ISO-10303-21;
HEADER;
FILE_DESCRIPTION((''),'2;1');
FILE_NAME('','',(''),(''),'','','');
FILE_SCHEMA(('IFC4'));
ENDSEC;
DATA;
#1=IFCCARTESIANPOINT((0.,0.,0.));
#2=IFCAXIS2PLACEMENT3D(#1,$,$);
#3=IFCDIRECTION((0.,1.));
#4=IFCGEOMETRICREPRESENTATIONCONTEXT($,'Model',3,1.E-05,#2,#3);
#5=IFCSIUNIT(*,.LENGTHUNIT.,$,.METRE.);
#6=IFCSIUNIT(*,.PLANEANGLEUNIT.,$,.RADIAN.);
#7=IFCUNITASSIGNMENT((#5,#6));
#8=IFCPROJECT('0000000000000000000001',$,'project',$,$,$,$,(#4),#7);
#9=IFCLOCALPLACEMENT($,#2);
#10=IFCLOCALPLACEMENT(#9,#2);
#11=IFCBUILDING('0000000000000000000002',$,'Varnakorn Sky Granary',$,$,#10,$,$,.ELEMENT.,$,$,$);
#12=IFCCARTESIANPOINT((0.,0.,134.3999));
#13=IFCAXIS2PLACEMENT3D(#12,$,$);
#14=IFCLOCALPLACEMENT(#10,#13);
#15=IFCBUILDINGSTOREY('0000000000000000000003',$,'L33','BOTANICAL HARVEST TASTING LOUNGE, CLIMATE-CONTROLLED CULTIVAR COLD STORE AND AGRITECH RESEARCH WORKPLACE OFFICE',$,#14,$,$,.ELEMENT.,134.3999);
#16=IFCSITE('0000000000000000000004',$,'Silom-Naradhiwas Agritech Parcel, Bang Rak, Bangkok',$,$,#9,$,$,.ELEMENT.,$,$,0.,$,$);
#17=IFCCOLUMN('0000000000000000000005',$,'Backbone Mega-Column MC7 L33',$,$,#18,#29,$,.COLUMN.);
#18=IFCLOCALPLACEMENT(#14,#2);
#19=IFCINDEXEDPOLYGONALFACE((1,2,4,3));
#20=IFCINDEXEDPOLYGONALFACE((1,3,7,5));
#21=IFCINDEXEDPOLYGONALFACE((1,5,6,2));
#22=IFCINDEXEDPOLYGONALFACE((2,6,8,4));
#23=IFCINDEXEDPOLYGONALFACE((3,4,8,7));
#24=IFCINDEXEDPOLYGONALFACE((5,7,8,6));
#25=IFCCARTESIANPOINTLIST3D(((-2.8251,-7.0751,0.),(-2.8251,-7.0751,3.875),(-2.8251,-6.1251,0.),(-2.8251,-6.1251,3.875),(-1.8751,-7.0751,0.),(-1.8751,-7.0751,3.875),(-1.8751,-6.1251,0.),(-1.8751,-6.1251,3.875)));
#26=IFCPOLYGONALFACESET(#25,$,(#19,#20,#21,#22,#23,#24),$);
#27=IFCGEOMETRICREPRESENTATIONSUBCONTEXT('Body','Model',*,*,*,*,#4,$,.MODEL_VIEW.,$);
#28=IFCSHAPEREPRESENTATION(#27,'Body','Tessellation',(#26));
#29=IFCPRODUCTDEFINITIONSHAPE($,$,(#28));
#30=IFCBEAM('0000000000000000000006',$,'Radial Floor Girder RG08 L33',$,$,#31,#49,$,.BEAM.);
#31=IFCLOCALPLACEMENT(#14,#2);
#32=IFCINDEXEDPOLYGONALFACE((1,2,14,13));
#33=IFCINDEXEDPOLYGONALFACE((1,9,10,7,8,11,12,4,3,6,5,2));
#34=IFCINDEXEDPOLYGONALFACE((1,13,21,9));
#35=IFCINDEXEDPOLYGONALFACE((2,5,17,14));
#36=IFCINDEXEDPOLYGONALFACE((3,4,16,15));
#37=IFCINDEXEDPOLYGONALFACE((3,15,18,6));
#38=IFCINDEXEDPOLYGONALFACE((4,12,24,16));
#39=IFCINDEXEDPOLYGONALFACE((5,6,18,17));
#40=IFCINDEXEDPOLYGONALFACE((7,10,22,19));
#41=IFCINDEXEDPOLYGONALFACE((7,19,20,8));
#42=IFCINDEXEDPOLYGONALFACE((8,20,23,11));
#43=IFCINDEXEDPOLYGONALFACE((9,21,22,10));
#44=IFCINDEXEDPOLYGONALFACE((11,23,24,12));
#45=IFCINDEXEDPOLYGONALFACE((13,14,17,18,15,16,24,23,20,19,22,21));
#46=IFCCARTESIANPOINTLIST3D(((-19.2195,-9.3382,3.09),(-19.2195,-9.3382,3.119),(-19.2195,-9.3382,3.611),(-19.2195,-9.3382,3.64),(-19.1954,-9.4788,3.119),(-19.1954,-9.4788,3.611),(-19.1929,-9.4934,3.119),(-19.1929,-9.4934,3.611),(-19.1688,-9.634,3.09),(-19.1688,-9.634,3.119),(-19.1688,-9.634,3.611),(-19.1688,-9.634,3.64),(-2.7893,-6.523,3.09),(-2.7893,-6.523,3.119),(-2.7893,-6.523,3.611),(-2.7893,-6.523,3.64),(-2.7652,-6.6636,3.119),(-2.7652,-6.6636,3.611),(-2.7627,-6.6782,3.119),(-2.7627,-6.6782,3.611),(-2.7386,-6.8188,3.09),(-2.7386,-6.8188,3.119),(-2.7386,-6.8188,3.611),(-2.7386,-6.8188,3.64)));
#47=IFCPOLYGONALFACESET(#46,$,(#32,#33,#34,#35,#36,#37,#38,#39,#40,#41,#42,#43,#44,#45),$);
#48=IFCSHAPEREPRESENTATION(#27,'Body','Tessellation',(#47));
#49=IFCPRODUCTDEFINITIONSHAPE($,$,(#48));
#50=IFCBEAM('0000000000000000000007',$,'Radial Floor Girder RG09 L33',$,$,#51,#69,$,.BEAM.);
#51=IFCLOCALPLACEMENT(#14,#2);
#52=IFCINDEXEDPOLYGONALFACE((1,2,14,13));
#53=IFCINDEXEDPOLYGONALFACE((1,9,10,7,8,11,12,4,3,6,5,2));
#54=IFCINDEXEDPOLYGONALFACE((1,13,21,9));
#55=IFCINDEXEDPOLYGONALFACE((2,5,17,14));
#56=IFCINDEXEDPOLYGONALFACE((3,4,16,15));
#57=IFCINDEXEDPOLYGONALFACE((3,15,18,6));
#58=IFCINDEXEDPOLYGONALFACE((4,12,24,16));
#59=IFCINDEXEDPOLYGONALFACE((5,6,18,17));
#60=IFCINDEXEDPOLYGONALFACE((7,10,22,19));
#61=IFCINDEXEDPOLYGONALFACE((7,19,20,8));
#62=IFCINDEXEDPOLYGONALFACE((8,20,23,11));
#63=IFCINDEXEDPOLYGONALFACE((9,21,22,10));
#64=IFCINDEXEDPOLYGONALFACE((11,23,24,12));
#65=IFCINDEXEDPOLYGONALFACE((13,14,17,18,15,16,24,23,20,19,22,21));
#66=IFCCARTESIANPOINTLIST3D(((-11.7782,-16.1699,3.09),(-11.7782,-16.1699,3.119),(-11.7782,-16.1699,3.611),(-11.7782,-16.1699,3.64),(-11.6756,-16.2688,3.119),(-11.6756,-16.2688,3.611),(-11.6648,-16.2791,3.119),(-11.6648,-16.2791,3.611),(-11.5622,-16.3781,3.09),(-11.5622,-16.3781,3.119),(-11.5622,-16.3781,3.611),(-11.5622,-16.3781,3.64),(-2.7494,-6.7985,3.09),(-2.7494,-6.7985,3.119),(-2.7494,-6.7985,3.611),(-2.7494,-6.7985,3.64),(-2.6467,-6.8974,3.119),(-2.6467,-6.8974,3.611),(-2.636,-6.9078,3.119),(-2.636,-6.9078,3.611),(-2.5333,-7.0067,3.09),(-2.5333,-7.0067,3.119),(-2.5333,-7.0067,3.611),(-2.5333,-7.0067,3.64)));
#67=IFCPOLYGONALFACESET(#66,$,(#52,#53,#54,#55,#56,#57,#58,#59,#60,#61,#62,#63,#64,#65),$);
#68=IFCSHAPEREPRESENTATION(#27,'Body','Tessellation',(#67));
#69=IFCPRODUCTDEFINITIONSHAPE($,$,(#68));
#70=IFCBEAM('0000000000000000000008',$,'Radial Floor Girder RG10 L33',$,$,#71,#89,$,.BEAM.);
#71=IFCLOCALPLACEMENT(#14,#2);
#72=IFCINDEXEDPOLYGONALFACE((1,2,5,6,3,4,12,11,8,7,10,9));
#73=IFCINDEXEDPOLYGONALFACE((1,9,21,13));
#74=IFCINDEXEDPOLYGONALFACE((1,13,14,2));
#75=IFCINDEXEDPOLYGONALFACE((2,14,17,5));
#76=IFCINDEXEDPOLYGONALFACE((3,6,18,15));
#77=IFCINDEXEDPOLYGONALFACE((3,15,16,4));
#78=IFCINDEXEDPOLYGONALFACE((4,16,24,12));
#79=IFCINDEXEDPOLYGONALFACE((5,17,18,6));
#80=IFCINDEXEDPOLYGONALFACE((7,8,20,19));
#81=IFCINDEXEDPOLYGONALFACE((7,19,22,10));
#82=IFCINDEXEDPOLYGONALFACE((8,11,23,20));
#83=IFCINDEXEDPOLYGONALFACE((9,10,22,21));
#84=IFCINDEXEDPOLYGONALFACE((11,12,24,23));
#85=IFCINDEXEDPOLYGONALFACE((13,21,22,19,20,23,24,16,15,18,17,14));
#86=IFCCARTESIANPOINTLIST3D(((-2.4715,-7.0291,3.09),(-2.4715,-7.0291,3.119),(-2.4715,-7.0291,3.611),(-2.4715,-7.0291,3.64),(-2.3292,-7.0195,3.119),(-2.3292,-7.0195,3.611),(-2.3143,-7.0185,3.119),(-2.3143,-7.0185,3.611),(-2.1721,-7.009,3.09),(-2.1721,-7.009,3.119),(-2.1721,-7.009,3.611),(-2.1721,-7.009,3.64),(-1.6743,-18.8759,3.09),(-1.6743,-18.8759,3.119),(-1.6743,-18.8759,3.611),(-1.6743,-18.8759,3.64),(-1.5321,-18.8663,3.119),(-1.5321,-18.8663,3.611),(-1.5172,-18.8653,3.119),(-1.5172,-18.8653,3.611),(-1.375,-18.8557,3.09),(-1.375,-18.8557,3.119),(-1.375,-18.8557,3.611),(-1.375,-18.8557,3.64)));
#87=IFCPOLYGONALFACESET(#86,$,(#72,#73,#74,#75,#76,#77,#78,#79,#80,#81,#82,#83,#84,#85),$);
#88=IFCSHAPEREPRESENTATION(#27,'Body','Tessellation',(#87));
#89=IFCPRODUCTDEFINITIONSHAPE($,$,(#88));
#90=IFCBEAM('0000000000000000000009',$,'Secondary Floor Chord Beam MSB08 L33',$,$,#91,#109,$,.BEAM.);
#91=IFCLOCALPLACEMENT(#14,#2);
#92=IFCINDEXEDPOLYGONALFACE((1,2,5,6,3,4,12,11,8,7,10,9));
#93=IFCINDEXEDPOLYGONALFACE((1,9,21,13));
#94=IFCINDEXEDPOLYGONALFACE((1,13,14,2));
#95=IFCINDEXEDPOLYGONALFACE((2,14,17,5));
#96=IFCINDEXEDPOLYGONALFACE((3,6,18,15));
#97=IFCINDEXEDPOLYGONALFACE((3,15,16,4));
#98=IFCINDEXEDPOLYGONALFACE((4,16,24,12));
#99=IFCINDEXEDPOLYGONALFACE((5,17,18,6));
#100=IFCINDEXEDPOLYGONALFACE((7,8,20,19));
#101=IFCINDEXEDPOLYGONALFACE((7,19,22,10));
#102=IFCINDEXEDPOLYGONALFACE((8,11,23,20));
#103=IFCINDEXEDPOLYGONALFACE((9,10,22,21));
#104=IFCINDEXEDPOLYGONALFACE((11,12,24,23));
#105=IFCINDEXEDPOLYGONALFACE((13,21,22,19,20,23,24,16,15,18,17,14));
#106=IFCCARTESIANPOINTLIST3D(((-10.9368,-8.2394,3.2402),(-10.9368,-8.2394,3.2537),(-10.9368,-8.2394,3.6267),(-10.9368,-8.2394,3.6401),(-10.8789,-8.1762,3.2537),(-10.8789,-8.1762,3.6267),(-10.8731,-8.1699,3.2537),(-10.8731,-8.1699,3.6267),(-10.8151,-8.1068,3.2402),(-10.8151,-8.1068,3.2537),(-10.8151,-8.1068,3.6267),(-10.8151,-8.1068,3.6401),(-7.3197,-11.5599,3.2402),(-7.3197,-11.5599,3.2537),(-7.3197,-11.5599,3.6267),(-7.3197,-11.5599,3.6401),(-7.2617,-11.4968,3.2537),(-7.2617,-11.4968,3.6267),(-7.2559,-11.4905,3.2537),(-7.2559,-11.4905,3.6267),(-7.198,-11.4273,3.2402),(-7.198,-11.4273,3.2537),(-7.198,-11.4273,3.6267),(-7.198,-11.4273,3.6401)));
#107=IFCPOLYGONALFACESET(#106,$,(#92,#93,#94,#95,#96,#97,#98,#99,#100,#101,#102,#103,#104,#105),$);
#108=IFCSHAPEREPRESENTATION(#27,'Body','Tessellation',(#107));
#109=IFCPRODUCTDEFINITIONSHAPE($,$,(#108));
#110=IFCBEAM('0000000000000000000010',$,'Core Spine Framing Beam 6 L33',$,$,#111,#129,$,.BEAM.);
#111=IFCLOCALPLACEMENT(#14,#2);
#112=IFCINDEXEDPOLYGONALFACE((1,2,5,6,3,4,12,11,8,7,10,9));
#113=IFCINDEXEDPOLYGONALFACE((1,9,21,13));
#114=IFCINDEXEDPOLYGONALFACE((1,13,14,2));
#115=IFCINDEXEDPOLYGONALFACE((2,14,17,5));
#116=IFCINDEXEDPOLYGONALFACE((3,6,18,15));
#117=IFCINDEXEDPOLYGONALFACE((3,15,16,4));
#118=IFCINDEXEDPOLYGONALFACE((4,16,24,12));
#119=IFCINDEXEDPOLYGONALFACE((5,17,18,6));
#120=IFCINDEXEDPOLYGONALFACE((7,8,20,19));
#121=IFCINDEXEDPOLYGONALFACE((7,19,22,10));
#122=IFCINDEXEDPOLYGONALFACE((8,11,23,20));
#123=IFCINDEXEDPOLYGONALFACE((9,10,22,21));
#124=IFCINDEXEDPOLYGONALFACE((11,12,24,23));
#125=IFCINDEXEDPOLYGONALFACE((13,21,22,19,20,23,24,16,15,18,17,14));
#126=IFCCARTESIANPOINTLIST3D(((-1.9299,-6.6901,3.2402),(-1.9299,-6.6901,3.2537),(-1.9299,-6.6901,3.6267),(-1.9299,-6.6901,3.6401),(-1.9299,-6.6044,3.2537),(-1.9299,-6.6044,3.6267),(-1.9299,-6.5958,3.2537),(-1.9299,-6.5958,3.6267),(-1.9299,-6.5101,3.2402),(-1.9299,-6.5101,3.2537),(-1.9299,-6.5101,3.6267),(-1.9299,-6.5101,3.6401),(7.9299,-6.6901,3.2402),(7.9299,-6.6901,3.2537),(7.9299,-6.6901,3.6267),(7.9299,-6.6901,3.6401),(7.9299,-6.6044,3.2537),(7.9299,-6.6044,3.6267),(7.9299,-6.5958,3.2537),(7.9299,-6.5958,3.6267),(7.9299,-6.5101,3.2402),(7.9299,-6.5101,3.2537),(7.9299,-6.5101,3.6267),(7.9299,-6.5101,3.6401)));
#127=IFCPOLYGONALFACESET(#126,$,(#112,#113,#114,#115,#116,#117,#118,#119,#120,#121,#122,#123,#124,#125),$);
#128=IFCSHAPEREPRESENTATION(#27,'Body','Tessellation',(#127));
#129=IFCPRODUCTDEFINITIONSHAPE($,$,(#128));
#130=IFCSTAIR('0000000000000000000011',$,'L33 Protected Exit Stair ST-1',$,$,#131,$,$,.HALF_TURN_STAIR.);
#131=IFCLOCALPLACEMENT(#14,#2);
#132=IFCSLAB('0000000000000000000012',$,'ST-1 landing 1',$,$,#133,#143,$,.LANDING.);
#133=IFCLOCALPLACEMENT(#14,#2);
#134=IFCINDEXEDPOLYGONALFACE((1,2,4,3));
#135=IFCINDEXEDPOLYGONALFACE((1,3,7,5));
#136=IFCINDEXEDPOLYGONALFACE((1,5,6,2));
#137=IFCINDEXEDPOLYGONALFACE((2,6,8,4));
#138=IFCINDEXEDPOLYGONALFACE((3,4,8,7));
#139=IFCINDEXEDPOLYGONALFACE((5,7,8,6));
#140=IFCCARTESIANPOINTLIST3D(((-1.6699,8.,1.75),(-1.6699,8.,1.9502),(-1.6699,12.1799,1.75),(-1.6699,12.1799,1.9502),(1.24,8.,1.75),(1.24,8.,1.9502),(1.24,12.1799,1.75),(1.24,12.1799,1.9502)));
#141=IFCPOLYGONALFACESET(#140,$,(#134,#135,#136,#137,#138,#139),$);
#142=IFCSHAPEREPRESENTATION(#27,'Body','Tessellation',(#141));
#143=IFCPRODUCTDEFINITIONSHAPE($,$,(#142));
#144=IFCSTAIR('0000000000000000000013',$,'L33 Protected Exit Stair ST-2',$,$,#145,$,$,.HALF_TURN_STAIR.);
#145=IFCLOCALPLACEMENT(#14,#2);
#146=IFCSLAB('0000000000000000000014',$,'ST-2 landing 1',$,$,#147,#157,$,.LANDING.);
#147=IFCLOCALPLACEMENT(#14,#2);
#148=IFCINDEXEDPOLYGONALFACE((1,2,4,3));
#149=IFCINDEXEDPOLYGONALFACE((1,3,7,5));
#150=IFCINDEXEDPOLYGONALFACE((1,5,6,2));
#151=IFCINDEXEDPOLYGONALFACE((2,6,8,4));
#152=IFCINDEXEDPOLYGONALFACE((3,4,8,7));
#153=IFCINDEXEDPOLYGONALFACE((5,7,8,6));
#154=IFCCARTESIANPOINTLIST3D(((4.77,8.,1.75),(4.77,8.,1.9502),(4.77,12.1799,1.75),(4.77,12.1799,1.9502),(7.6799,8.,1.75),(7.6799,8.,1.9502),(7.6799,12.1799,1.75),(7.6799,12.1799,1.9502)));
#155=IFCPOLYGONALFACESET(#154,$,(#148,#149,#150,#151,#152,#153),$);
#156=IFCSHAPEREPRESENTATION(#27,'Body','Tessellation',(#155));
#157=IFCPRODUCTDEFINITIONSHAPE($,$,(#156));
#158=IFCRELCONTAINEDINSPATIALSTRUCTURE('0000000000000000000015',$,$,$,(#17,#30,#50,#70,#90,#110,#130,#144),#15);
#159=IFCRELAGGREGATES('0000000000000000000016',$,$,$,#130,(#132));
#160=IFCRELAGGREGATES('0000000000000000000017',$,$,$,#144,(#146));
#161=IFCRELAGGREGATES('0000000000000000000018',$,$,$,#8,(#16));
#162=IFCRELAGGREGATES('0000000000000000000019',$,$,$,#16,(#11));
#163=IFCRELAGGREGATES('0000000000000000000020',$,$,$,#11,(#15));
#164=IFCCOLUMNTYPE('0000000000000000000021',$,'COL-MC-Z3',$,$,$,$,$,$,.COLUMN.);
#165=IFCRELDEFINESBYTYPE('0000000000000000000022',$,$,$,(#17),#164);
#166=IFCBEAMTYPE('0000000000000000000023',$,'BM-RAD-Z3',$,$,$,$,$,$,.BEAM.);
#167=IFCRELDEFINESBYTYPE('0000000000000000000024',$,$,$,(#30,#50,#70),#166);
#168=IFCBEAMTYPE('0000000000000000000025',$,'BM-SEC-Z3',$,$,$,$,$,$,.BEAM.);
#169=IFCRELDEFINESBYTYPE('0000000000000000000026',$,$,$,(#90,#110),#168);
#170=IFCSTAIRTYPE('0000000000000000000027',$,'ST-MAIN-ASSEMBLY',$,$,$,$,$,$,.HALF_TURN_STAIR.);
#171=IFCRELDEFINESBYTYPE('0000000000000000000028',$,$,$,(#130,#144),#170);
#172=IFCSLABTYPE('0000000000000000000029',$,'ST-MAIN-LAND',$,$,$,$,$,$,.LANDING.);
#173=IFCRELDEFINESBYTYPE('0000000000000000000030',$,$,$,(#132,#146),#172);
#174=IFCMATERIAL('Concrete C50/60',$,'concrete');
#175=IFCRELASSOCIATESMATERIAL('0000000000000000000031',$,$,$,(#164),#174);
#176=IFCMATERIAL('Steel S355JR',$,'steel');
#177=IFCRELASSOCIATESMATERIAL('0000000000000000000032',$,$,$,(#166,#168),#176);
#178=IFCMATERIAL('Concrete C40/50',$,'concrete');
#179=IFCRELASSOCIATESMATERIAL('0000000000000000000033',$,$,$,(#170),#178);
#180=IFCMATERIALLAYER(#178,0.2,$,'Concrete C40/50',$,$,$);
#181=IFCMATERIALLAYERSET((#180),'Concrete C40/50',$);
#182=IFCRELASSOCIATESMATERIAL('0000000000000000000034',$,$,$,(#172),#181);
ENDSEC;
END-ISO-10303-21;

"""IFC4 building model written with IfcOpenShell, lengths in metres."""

from ifc_helpers import new_model, si_unit, direction, frame, origin, origin_2d, place, context, subcontext, project, spatial, polyline, rectangle, i_section, outline, extrude, material, layer, layer_set, material_profile, profile_set, type_object, element, aggregate, save


model = new_model("IFC4")

# Units and contexts
model_context = context("Model", 3, precision=1e-05, world=origin(), true_north=direction((0.0, 1.0)))
body_context = subcontext(model_context, "Body", "Model", "MODEL_VIEW")
ifc_project = project(units=[si_unit("LENGTHUNIT", "METRE"), si_unit("PLANEANGLEUNIT", "RADIAN")], contexts=[model_context])

# Site, building, storey
site_placement = place(None, origin())
site = spatial("IfcSite", under=ifc_project, at=site_placement, Name="Silom-Naradhiwas Agritech Parcel, Bang Rak, Bangkok", CompositionType="ELEMENT", RefElevation=0.0)
building_placement = place(site_placement, origin())
building = spatial("IfcBuilding", under=site, at=building_placement, Name="Varnakorn Sky Granary", CompositionType="ELEMENT")
storey_placement = place(building_placement, frame((0.0, 0.0, 134.3999)))
storey = spatial("IfcBuildingStorey", under=building, at=storey_placement, Name="L33", Description="BOTANICAL HARVEST TASTING LOUNGE, CLIMATE-CONTROLLED CULTIVAR COLD STORE AND AGRITECH RESEARCH WORKPLACE OFFICE", CompositionType="ELEMENT", Elevation=134.3999)

# Column
ifc_material_1 = material(Name="Concrete C50/60", Category="concrete")
ifc_material_profile_1 = material_profile(ifc_material_1, rectangle(XDim=0.95, YDim=0.95, at=origin_2d()), Name="RC 950x950")
ifc_profile_set_1 = profile_set([ifc_material_profile_1], Name="Concrete C50/60")
column_type = type_object("IfcColumnType", Name="COL-MC-Z3", PredefinedType="COLUMN", material=ifc_profile_set_1)
column_placement = place(storey_placement, frame((-2.3501, -6.6001, 0.0), z_axis=(0.0, 0.0, 1.0), x_axis=(1.0, 0.0, 0.0)))
element("IfcColumn", 1, at=column_placement, inside=storey, type_object=column_type, Name="Backbone Mega-Column MC7 L33", PredefinedType="COLUMN", context=body_context, shape_type="SweptSolid", body=[
    extrude(rectangle(XDim=0.95, YDim=0.95, at=origin_2d()), origin(), (0.0, 0.0, 1.0), 3.875),
])

# Beams
ifc_material_2 = material(Name="Steel S355JR", Category="steel")
ifc_material_profile_2 = material_profile(ifc_material_2, i_section(OverallWidth=0.3, OverallDepth=0.55, WebThickness=0.0149, FlangeThickness=0.0291, at=origin_2d()), Name="HE 550 B")
ifc_profile_set_2 = profile_set([ifc_material_profile_2], Name="Steel S355JR")
beam_type_1 = type_object("IfcBeamType", Name="BM-RAD-Z3", PredefinedType="BEAM", material=ifc_profile_set_2)
beam_1_placement = place(storey_placement, frame((-2.7639, -6.6709, 3.365), z_axis=(-0.985636, -0.168881, 0.0), x_axis=(0.168881, -0.985636, 0.0)))
element("IfcBeam", 2, at=beam_1_placement, inside=storey, type_object=beam_type_1, Name="Radial Floor Girder RG08 L33", PredefinedType="BEAM", context=body_context, shape_type="SweptSolid", body=[
    extrude(i_section(OverallWidth=0.3, OverallDepth=0.55, WebThickness=0.0149, FlangeThickness=0.0291, at=origin_2d()), origin(), (0.0, 0.0, 1.0), 16.6697),
])
beam_2_placement = place(storey_placement, frame((-2.6414, -6.9026, 3.365), z_axis=(-0.693823, -0.720145, 0.0), x_axis=(0.720145, -0.693823, 0.0)))
element("IfcBeam", 3, at=beam_2_placement, inside=storey, type_object=beam_type_1, Name="Radial Floor Girder RG09 L33", PredefinedType="BEAM", context=body_context, shape_type="SweptSolid", body=[
    extrude(i_section(OverallWidth=0.3, OverallDepth=0.55, WebThickness=0.0149, FlangeThickness=0.0291, at=origin_2d()), origin(), (0.0, 0.0, 1.0), 13.0132),
])
beam_3_placement = place(storey_placement, frame((-2.3218, -7.019, 3.365), z_axis=(0.067134, -0.997744, 0.0), x_axis=(0.997744, 0.067134, 0.0)))
element("IfcBeam", 4, at=beam_3_placement, inside=storey, type_object=beam_type_1, Name="Radial Floor Girder RG10 L33", PredefinedType="BEAM", context=body_context, shape_type="SweptSolid", body=[
    extrude(i_section(OverallWidth=0.3, OverallDepth=0.55, WebThickness=0.0149, FlangeThickness=0.0291, at=origin_2d()), origin(), (0.0, 0.0, 1.0), 11.8735),
])
ifc_material_profile_3 = material_profile(ifc_material_2, i_section(OverallWidth=0.1799, OverallDepth=0.3999, WebThickness=0.0085, FlangeThickness=0.0134, at=origin_2d()), Name="IPE 400")
ifc_profile_set_3 = profile_set([ifc_material_profile_3], Name="Steel S355JR")
beam_type_2 = type_object("IfcBeamType", Name="BM-SEC-Z3", PredefinedType="BEAM", material=ifc_profile_set_3)
beam_4_placement = place(storey_placement, frame((-10.876, -8.1731, 3.4402), z_axis=(0.736667, -0.676256, 0.0), x_axis=(0.676256, 0.736667, 0.0)))
element("IfcBeam", 5, at=beam_4_placement, inside=storey, type_object=beam_type_2, Name="Secondary Floor Chord Beam MSB08 L33", PredefinedType="BEAM", context=body_context, shape_type="SweptSolid", body=[
    extrude(i_section(OverallWidth=0.1799, OverallDepth=0.3999, WebThickness=0.0085, FlangeThickness=0.0134, at=origin_2d()), origin(), (0.0, 0.0, 1.0), 4.9102),
])
beam_5_placement = place(storey_placement, frame((-1.9299, -6.6001, 3.4402), z_axis=(1.0, 0.0, 0.0), x_axis=(0.0, 1.0, 0.0)))
element("IfcBeam", 6, at=beam_5_placement, inside=storey, type_object=beam_type_2, Name="Core Spine Framing Beam 6 L33", PredefinedType="BEAM", context=body_context, shape_type="SweptSolid", body=[
    extrude(i_section(OverallWidth=0.1799, OverallDepth=0.3999, WebThickness=0.0085, FlangeThickness=0.0134, at=origin_2d()), origin(), (0.0, 0.0, 1.0), 9.8599),
])

# Stairs, slabs
ifc_material_3 = material(Name="Concrete C40/50", Category="concrete")
stair_type = type_object("IfcStairType", Name="ST-MAIN-ASSEMBLY", PredefinedType="HALF_TURN_STAIR", material=ifc_material_3)
stair_1_placement = place(storey_placement, origin())
stair_1 = element("IfcStair", 7, at=stair_1_placement, inside=storey, type_object=stair_type, Name="L33 Protected Exit Stair ST-1", PredefinedType="HALF_TURN_STAIR")
ifc_layer_1 = layer(ifc_material_3, 0.2, Name="Concrete C40/50")
ifc_layer_set_1 = layer_set([ifc_layer_1], Name="Concrete C40/50")
slab_type_1 = type_object("IfcSlabType", Name="ST-MAIN-LAND", PredefinedType="LANDING", material=ifc_layer_set_1)
slab_1_placement = place(storey_placement, frame((0.0, 0.0, 1.75)))
slab_1 = element("IfcSlab", 8, at=slab_1_placement, type_object=slab_type_1, Name="ST-1 landing 1", PredefinedType="LANDING", context=body_context, shape_type="SweptSolid", body=[
    extrude(outline(polyline([(1.24, 8.0), (1.24, 12.1799), (-1.6699, 12.1799), (-1.6699, 8.0), (1.24, 8.0)])), origin(), (0.0, 0.0, 1.0), 0.2002),
])
aggregate(stair_1, [slab_1])
stair_2_placement = place(storey_placement, origin())
stair_2 = element("IfcStair", 9, at=stair_2_placement, inside=storey, type_object=stair_type, Name="L33 Protected Exit Stair ST-2", PredefinedType="HALF_TURN_STAIR")
slab_2_placement = place(storey_placement, frame((0.0, 0.0, 1.75)))
slab_2 = element("IfcSlab", 10, at=slab_2_placement, type_object=slab_type_1, Name="ST-2 landing 1", PredefinedType="LANDING", context=body_context, shape_type="SweptSolid", body=[
    extrude(outline(polyline([(7.6799, 8.0), (7.6799, 12.1799), (4.77, 12.1799), (4.77, 8.0), (7.6799, 8.0)])), origin(), (0.0, 0.0, 1.0), 0.2002),
])
aggregate(stair_2, [slab_2])

save(model, "model.ifc")
